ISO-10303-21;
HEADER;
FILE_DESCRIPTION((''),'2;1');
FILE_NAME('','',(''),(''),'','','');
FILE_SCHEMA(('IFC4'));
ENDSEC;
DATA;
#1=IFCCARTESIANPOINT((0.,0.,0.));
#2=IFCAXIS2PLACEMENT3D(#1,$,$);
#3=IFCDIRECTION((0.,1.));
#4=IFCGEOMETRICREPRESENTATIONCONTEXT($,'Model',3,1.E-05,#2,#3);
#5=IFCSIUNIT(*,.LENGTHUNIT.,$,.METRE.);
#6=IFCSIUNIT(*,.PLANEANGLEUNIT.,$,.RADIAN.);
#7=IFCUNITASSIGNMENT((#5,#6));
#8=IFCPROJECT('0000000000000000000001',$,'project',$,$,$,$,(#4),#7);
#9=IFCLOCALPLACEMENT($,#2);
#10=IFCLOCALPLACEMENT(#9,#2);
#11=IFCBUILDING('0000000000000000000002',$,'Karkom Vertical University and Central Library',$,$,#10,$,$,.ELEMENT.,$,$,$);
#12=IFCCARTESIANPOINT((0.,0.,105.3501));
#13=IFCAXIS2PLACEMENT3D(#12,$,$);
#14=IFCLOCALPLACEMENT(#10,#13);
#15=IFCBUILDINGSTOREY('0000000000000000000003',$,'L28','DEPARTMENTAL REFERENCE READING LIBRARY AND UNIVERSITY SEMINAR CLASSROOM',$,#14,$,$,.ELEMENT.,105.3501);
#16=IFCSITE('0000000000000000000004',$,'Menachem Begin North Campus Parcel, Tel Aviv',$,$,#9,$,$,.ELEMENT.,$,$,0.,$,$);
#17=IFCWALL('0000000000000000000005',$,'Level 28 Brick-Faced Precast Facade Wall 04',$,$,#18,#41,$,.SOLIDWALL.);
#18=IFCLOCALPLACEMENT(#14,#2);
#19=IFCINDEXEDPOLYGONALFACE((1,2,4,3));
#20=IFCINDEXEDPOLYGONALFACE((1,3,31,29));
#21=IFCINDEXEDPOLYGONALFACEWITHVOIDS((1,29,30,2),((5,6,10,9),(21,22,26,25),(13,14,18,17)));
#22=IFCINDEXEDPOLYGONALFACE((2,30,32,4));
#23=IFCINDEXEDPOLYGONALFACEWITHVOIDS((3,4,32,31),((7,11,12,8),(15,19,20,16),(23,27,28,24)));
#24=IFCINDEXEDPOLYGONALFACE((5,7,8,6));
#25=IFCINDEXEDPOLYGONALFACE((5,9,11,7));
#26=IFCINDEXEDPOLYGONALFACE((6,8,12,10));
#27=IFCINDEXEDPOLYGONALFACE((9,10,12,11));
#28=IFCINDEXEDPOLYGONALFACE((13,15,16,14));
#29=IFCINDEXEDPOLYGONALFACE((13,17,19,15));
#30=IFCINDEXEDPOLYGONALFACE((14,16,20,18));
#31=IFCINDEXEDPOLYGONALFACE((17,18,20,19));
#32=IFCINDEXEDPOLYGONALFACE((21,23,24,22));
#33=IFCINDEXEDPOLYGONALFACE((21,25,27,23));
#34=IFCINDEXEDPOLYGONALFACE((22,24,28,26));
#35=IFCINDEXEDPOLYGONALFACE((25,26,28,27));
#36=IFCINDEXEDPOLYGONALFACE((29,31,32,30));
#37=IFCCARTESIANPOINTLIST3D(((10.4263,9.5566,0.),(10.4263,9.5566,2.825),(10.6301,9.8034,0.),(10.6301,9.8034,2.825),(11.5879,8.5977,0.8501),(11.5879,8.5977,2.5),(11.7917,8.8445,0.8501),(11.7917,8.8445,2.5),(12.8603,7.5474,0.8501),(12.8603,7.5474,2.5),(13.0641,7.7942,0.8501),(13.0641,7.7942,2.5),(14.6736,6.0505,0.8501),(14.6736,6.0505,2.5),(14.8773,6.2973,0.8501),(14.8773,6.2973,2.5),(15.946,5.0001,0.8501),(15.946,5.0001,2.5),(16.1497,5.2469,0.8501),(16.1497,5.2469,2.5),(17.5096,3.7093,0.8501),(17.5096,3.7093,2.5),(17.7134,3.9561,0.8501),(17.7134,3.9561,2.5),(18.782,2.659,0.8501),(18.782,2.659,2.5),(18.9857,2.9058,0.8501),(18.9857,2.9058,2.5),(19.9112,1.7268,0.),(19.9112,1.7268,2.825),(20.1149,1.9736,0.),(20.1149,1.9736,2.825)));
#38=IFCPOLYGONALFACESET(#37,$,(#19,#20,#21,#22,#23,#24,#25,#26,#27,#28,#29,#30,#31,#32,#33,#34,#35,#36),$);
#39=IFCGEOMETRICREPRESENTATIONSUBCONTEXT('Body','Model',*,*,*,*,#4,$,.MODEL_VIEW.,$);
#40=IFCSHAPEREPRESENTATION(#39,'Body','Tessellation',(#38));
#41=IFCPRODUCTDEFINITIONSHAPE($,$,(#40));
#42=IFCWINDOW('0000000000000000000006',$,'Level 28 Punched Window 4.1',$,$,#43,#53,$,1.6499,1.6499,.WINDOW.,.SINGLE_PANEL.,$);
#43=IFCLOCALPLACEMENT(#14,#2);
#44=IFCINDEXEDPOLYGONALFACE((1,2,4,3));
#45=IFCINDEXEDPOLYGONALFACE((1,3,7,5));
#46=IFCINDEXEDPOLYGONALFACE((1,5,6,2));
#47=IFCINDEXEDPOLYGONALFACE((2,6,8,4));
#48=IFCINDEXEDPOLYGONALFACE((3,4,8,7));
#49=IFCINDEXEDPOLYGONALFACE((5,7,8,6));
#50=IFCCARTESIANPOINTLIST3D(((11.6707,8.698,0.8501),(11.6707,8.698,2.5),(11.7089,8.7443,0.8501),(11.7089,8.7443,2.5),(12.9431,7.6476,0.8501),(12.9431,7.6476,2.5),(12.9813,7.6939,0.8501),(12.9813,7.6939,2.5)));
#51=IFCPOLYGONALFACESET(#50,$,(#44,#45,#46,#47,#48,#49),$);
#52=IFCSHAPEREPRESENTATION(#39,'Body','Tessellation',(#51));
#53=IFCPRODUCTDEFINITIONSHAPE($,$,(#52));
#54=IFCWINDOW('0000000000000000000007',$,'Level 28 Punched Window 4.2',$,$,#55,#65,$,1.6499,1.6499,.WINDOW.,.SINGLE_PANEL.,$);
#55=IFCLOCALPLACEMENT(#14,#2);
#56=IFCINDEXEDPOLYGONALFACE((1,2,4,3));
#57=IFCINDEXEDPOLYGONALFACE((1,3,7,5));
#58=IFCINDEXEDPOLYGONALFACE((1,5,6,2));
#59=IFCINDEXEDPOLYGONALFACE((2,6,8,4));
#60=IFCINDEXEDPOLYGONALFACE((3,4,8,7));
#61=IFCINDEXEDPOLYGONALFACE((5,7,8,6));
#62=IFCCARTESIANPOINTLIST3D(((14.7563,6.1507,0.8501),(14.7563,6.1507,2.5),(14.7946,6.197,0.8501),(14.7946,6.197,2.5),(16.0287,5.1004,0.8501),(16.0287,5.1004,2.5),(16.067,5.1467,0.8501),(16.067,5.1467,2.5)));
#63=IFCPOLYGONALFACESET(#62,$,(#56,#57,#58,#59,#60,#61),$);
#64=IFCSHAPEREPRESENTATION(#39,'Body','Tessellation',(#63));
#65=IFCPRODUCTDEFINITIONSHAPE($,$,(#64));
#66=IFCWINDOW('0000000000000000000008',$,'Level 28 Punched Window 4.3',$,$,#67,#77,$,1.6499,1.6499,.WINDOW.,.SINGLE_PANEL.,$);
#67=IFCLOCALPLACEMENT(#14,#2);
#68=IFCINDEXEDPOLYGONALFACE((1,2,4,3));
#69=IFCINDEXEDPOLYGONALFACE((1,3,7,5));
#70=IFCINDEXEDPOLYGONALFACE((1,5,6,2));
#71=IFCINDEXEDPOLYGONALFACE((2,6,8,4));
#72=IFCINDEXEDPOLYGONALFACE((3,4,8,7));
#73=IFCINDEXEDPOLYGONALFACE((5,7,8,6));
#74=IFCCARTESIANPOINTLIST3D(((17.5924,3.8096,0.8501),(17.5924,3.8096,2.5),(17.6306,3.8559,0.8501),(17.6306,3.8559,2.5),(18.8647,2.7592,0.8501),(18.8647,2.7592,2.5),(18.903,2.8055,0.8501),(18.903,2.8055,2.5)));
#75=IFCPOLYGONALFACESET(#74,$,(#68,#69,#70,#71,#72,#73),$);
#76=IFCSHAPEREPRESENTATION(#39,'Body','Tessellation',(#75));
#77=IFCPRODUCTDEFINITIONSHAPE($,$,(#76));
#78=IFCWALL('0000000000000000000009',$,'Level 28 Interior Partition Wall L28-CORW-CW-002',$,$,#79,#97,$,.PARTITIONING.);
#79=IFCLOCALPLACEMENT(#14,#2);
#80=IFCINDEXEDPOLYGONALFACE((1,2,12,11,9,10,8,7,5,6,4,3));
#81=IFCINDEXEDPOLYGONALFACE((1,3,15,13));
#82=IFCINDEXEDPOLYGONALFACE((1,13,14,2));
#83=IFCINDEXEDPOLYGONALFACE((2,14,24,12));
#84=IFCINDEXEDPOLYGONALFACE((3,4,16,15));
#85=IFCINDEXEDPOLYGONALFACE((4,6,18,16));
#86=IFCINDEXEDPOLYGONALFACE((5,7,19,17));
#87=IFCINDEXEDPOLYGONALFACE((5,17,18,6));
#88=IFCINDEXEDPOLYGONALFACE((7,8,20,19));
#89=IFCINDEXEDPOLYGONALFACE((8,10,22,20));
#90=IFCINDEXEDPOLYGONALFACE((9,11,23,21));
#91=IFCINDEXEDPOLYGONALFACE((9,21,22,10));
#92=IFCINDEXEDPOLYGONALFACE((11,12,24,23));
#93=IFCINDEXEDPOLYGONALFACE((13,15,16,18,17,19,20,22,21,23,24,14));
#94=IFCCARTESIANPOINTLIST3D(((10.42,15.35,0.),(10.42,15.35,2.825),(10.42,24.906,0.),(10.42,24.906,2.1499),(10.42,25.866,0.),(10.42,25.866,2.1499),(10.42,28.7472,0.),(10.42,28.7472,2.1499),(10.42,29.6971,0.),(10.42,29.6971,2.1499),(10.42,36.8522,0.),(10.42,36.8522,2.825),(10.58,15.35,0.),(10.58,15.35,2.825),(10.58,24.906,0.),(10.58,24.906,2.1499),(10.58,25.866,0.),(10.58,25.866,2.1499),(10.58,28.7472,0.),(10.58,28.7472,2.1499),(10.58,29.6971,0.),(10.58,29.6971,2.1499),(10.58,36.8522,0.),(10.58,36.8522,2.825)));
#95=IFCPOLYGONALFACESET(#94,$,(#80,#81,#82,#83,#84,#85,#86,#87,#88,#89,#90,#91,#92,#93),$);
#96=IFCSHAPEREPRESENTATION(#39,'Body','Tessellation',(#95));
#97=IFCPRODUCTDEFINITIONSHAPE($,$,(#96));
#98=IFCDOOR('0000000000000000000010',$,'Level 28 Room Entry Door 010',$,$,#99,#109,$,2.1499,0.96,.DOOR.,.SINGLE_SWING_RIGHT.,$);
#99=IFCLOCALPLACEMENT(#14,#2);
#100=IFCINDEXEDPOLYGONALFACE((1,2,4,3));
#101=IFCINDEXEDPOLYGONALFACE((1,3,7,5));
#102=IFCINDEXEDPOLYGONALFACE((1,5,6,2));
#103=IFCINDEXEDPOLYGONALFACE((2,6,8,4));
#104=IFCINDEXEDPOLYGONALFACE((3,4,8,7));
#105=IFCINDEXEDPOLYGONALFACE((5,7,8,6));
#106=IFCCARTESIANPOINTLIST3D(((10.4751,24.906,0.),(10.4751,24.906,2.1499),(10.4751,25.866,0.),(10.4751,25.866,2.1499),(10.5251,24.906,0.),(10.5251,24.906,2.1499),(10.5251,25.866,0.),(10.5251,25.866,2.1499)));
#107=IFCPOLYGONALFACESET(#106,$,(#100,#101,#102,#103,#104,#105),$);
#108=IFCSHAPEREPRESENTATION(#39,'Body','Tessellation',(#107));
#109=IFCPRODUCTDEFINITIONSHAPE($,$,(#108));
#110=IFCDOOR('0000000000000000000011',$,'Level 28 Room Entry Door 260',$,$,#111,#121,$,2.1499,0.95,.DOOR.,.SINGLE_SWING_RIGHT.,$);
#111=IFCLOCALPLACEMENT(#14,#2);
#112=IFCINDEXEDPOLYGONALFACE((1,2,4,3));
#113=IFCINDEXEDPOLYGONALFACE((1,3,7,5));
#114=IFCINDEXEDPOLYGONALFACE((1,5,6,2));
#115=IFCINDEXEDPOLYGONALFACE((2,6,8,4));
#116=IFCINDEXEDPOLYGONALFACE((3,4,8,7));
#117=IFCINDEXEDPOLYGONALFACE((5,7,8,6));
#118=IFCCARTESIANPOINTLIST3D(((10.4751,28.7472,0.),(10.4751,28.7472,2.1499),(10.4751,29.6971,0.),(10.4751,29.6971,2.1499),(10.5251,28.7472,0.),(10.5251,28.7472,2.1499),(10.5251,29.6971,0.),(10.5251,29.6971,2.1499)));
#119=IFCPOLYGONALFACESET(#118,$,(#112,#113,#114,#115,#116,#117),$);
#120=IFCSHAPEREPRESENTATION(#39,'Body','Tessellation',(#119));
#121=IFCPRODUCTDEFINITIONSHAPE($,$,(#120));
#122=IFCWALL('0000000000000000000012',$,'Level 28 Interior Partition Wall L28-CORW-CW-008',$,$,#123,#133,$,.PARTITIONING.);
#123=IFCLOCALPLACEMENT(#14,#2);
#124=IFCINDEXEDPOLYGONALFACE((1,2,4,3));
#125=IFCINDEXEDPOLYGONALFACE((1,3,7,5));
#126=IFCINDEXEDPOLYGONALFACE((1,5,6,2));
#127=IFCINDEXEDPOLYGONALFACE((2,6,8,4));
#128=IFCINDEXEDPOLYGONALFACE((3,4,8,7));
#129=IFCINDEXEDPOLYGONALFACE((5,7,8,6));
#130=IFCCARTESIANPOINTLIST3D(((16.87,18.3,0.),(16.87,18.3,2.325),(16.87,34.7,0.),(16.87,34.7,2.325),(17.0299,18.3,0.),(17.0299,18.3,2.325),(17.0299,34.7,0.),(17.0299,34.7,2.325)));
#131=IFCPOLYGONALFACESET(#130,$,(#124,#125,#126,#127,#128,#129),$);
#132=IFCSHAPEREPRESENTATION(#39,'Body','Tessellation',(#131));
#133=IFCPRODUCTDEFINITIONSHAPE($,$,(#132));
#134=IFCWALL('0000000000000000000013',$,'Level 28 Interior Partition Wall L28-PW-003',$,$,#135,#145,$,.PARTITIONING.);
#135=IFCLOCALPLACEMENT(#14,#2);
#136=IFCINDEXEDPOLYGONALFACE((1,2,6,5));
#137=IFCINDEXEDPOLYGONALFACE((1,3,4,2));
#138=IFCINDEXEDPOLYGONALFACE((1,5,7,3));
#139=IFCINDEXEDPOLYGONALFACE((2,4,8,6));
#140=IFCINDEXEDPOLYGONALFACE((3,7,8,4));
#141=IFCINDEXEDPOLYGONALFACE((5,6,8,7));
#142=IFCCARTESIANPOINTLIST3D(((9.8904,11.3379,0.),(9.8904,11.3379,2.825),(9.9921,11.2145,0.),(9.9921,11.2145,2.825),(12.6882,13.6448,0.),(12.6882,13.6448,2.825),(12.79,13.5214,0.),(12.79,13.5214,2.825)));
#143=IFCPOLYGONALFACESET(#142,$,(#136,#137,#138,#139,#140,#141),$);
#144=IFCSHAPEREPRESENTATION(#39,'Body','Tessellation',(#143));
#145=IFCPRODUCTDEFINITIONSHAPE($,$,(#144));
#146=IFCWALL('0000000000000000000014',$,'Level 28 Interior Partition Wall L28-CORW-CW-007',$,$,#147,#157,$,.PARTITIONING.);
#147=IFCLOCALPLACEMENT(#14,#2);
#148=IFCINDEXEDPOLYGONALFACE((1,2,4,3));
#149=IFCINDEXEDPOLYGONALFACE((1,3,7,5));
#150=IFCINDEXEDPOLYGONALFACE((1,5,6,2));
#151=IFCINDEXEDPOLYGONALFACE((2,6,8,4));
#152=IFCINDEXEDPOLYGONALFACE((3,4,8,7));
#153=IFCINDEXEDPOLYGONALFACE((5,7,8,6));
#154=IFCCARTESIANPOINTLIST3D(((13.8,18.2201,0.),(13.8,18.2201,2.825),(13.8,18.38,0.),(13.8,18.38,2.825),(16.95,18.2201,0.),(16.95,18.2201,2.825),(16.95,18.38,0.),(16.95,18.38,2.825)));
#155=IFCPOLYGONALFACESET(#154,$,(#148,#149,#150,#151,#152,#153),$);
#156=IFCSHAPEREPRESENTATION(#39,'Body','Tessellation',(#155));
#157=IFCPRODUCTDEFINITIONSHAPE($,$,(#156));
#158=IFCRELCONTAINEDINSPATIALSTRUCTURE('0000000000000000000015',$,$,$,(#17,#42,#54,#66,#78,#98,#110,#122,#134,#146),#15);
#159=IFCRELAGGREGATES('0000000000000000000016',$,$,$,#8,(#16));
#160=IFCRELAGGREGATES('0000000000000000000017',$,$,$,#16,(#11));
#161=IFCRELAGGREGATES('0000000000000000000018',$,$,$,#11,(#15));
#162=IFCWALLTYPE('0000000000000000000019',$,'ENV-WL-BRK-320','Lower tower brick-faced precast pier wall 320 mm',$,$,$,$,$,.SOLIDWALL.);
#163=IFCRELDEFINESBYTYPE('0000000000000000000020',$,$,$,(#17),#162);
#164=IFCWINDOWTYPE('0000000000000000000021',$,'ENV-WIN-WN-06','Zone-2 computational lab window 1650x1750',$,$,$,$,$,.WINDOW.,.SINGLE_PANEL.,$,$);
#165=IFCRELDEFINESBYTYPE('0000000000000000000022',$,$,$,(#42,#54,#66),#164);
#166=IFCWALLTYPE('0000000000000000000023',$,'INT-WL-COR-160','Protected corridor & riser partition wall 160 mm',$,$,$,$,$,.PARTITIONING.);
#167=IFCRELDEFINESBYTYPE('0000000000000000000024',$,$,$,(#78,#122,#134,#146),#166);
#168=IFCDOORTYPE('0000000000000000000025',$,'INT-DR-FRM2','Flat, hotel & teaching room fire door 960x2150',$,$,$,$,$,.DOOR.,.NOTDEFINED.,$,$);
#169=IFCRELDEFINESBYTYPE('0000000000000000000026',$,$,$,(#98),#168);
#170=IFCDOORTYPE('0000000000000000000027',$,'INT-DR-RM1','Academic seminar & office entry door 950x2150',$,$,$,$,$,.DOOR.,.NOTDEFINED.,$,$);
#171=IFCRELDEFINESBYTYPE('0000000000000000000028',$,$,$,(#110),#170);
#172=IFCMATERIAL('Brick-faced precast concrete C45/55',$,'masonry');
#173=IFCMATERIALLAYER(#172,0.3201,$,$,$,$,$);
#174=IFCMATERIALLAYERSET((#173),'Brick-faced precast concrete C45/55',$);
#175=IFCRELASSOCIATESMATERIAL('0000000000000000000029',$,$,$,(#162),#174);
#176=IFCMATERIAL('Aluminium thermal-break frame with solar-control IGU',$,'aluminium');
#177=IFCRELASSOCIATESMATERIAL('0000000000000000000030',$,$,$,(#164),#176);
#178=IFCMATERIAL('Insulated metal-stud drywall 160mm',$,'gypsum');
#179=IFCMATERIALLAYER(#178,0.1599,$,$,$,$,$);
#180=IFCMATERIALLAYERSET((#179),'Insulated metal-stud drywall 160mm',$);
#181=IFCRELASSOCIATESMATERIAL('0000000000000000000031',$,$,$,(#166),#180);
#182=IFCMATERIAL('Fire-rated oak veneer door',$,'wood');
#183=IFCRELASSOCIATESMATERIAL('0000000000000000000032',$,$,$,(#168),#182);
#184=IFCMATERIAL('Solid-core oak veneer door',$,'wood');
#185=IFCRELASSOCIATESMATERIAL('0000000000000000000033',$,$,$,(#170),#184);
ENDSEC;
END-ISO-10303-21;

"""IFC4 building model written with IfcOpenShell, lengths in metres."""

from ifc_helpers import new_model, si_unit, direction, frame, frame_2d, origin, origin_with_axes, place, context, subcontext, project, spatial, rectangle, extrude, source, transform, mapped, material, layer, layer_set, type_object, element, fill, save


model = new_model("IFC4")

# Units and contexts
model_context = context("Model", 3, precision=1e-05, world=origin(), true_north=direction((0.0, 1.0)))
body_context = subcontext(model_context, "Body", "Model", "MODEL_VIEW")
ifc_project = project(units=[si_unit("LENGTHUNIT", "METRE"), si_unit("PLANEANGLEUNIT", "RADIAN")], contexts=[model_context])

# Site, building, storey
site_placement = place(None, origin())
site = spatial("IfcSite", under=ifc_project, at=site_placement, Name="Menachem Begin North Campus Parcel, Tel Aviv", CompositionType="ELEMENT", RefElevation=0.0)
building_placement = place(site_placement, origin())
building = spatial("IfcBuilding", under=site, at=building_placement, Name="Karkom Vertical University and Central Library", CompositionType="ELEMENT")
storey_placement = place(building_placement, frame((0.0, 0.0, 105.3501)))
storey = spatial("IfcBuildingStorey", under=building, at=storey_placement, Name="L28", Description="DEPARTMENTAL REFERENCE READING LIBRARY AND UNIVERSITY SEMINAR CLASSROOM", CompositionType="ELEMENT", Elevation=105.3501)

# Wall, openings, windows
ifc_material_1 = material(Name="Brick-faced precast concrete C45/55", Category="masonry")
ifc_layer_1 = layer(ifc_material_1, 0.3201)
ifc_layer_set_1 = layer_set([ifc_layer_1], Name="Brick-faced precast concrete C45/55")
wall_type_1 = type_object("IfcWallType", Name="ENV-WL-BRK-320", Description="Lower tower brick-faced precast pier wall 320 mm", PredefinedType="SOLIDWALL", material=ifc_layer_set_1)
ifc_material_2 = material(Name="Aluminium thermal-break frame with solar-control IGU", Category="aluminium")
window_type = type_object("IfcWindowType", Name="ENV-WIN-WN-06", Description="Zone-2 computational lab window 1650x1750", PartitioningType="SINGLE_PANEL", PredefinedType="WINDOW", material=ifc_material_2)
shared_shape_1 = source(origin_with_axes(), body_context, "Body", "SweptSolid", [
    extrude(rectangle(XDim=1.6499, YDim=1.6499, at=frame_2d((0.825, 0.825))), frame((0.0, 0.03, 0.0), z_axis=(0.0, -1.0, 0.0), x_axis=(1.0, 0.0, 0.0)), (0.0, 0.0, 1.0), 0.0601),
])
wall_1_placement = place(storey_placement, frame((10.5283, 9.6799, 0.0), z_axis=(0.0, 0.0, 1.0), x_axis=(0.771181, -0.636616, 0.0)))
wall_1 = element("IfcWall", 1, at=wall_1_placement, inside=storey, type_object=wall_type_1, Name="Level 28 Brick-Faced Precast Facade Wall 04", PredefinedType="SOLIDWALL", context=body_context, shape_type="SweptSolid", body=[
    extrude(rectangle(XDim=12.2991, YDim=0.3201, at=frame_2d((6.1494, 0.0))), origin(), (0.0, 0.0, 1.0), 2.825),
])
opening_1_placement = place(wall_1_placement, frame((1.5061, 0.0, 0.8501)))
opening_1 = element("IfcOpeningElement", 2, at=opening_1_placement, cuts=wall_1, PredefinedType="OPENING", context=body_context, shape_type="SweptSolid", body=[
    extrude(rectangle(XDim=1.6499, YDim=1.6499, at=frame_2d((0.825, 0.825))), frame((0.0, 0.1699, 0.0), z_axis=(0.0, -1.0, 0.0), x_axis=(1.0, 0.0, 0.0)), (0.0, 0.0, 1.0), 0.3401),
])
opening_2_placement = place(wall_1_placement, frame((5.5073, 0.0, 0.8501)))
opening_2 = element("IfcOpeningElement", 3, at=opening_2_placement, cuts=wall_1, PredefinedType="OPENING", context=body_context, shape_type="SweptSolid", body=[
    extrude(rectangle(XDim=1.6499, YDim=1.6499, at=frame_2d((0.825, 0.825))), frame((0.0, 0.1699, 0.0), z_axis=(0.0, -1.0, 0.0), x_axis=(1.0, 0.0, 0.0)), (0.0, 0.0, 1.0), 0.3401),
])
opening_3_placement = place(wall_1_placement, frame((9.1848, 0.0, 0.8501)))
opening_3 = element("IfcOpeningElement", 4, at=opening_3_placement, cuts=wall_1, PredefinedType="OPENING", context=body_context, shape_type="SweptSolid", body=[
    extrude(rectangle(XDim=1.6499, YDim=1.6499, at=frame_2d((0.825, 0.825))), frame((0.0, 0.1699, 0.0), z_axis=(0.0, -1.0, 0.0), x_axis=(1.0, 0.0, 0.0)), (0.0, 0.0, 1.0), 0.3401),
])
window_1_placement = place(opening_1_placement, origin())
window_1 = element("IfcWindow", 5, at=window_1_placement, inside=storey, type_object=window_type, Name="Level 28 Punched Window 4.1", OverallHeight=1.6499, OverallWidth=1.6499, PartitioningType="SINGLE_PANEL", PredefinedType="WINDOW", context=body_context, shape_type="MappedRepresentation", body=[
    mapped(shared_shape_1, transform((0.0, 0.0, 0.0), scale=1.0)),
])
fill(opening_1, window_1)
window_2_placement = place(opening_2_placement, origin())
window_2 = element("IfcWindow", 6, at=window_2_placement, inside=storey, type_object=window_type, Name="Level 28 Punched Window 4.2", OverallHeight=1.6499, OverallWidth=1.6499, PartitioningType="SINGLE_PANEL", PredefinedType="WINDOW", context=body_context, shape_type="MappedRepresentation", body=[
    mapped(shared_shape_1, transform((0.0, 0.0, 0.0), scale=1.0)),
])
fill(opening_2, window_2)
window_3_placement = place(opening_3_placement, origin())
window_3 = element("IfcWindow", 7, at=window_3_placement, inside=storey, type_object=window_type, Name="Level 28 Punched Window 4.3", OverallHeight=1.6499, OverallWidth=1.6499, PartitioningType="SINGLE_PANEL", PredefinedType="WINDOW", context=body_context, shape_type="MappedRepresentation", body=[
    mapped(shared_shape_1, transform((0.0, 0.0, 0.0), scale=1.0)),
])
fill(opening_3, window_3)

# Wall, openings, doors
ifc_material_3 = material(Name="Insulated metal-stud drywall 160mm", Category="gypsum")
ifc_layer_2 = layer(ifc_material_3, 0.1599)
ifc_layer_set_2 = layer_set([ifc_layer_2], Name="Insulated metal-stud drywall 160mm")
wall_type_2 = type_object("IfcWallType", Name="INT-WL-COR-160", Description="Protected corridor & riser partition wall 160 mm", PredefinedType="PARTITIONING", material=ifc_layer_set_2)
wall_2_placement = place(storey_placement, frame((10.5, 15.3501, 0.0), z_axis=(0.0, 0.0, 1.0), x_axis=(0.0, 1.0, 0.0)))
wall_2 = element("IfcWall", 8, at=wall_2_placement, inside=storey, type_object=wall_type_2, Name="Level 28 Interior Partition Wall L28-CORW-CW-002", PredefinedType="PARTITIONING", context=body_context, shape_type="SweptSolid", body=[
    extrude(rectangle(XDim=21.5022, YDim=0.1599, at=frame_2d((10.751, 0.0))), origin(), (0.0, 0.0, 1.0), 2.825),
])
opening_4_placement = place(wall_2_placement, frame((9.5559, 0.0, 0.0)))
opening_4 = element("IfcOpeningElement", 9, at=opening_4_placement, cuts=wall_2, PredefinedType="OPENING", context=body_context, shape_type="SweptSolid", body=[
    extrude(rectangle(XDim=0.96, YDim=2.1499, at=frame_2d((0.48, 1.075))), frame((0.0, 0.0898, 0.0), z_axis=(0.0, -1.0, 0.0), x_axis=(1.0, 0.0, 0.0)), (0.0, 0.0, 1.0), 0.1799),
])
opening_5_placement = place(wall_2_placement, frame((13.397, 0.0, 0.0)))
opening_5 = element("IfcOpeningElement", 10, at=opening_5_placement, cuts=wall_2, PredefinedType="OPENING", context=body_context, shape_type="SweptSolid", body=[
    extrude(rectangle(XDim=0.95, YDim=2.1499, at=frame_2d((0.4751, 1.075))), frame((0.0, 0.0898, 0.0), z_axis=(0.0, -1.0, 0.0), x_axis=(1.0, 0.0, 0.0)), (0.0, 0.0, 1.0), 0.1799),
])
ifc_material_4 = material(Name="Fire-rated oak veneer door", Category="wood")
door_type_1 = type_object("IfcDoorType", Name="INT-DR-FRM2", Description="Flat, hotel & teaching room fire door 960x2150", OperationType="NOTDEFINED", PredefinedType="DOOR", material=ifc_material_4)
shared_shape_2 = source(origin_with_axes(), body_context, "Body", "SweptSolid", [
    extrude(rectangle(XDim=0.96, YDim=2.1499, at=frame_2d((0.48, 1.075))), frame((0.0, 0.0249, 0.0), z_axis=(0.0, -1.0, 0.0), x_axis=(1.0, 0.0, 0.0)), (0.0, 0.0, 1.0), 0.05),
])
door_1_placement = place(opening_4_placement, origin())
door_1 = element("IfcDoor", 11, at=door_1_placement, inside=storey, type_object=door_type_1, Name="Level 28 Room Entry Door 010", OperationType="SINGLE_SWING_RIGHT", OverallHeight=2.1499, OverallWidth=0.96, PredefinedType="DOOR", context=body_context, shape_type="MappedRepresentation", body=[
    mapped(shared_shape_2, transform((0.0, 0.0, 0.0), scale=1.0)),
])
fill(opening_4, door_1)
ifc_material_5 = material(Name="Solid-core oak veneer door", Category="wood")
door_type_2 = type_object("IfcDoorType", Name="INT-DR-RM1", Description="Academic seminar & office entry door 950x2150", OperationType="NOTDEFINED", PredefinedType="DOOR", material=ifc_material_5)
shared_shape_3 = source(origin_with_axes(), body_context, "Body", "SweptSolid", [
    extrude(rectangle(XDim=0.95, YDim=2.1499, at=frame_2d((0.4751, 1.075))), frame((0.0, 0.0249, 0.0), z_axis=(0.0, -1.0, 0.0), x_axis=(1.0, 0.0, 0.0)), (0.0, 0.0, 1.0), 0.05),
])
door_2_placement = place(opening_5_placement, origin())
door_2 = element("IfcDoor", 12, at=door_2_placement, inside=storey, type_object=door_type_2, Name="Level 28 Room Entry Door 260", OperationType="SINGLE_SWING_RIGHT", OverallHeight=2.1499, OverallWidth=0.95, PredefinedType="DOOR", context=body_context, shape_type="MappedRepresentation", body=[
    mapped(shared_shape_3, transform((0.0, 0.0, 0.0), scale=1.0)),
])
fill(opening_5, door_2)

# Walls
wall_3_placement = place(storey_placement, frame((16.95, 18.3, 0.0), z_axis=(0.0, 0.0, 1.0), x_axis=(0.0, 1.0, 0.0)))
element("IfcWall", 13, at=wall_3_placement, inside=storey, type_object=wall_type_2, Name="Level 28 Interior Partition Wall L28-CORW-CW-008", PredefinedType="PARTITIONING", context=body_context, shape_type="SweptSolid", body=[
    extrude(rectangle(XDim=16.3999, YDim=0.1599, at=frame_2d((8.2, 0.0))), origin(), (0.0, 0.0, 1.0), 2.325),
])
wall_4_placement = place(storey_placement, frame((12.739, 13.583, 0.0), z_axis=(0.0, 0.0, 1.0), x_axis=(-0.771555, -0.636163, 0.0)))
element("IfcWall", 14, at=wall_4_placement, inside=storey, type_object=wall_type_2, Name="Level 28 Interior Partition Wall L28-PW-003", PredefinedType="PARTITIONING", context=body_context, shape_type="SweptSolid", body=[
    extrude(rectangle(XDim=3.6262, YDim=0.1599, at=frame_2d((1.813, 0.0))), origin(), (0.0, 0.0, 1.0), 2.825),
])
wall_5_placement = place(storey_placement, frame((13.8, 18.3, 0.0), z_axis=(0.0, 0.0, 1.0), x_axis=(1.0, 0.0, 0.0)))
element("IfcWall", 15, at=wall_5_placement, inside=storey, type_object=wall_type_2, Name="Level 28 Interior Partition Wall L28-CORW-CW-007", PredefinedType="PARTITIONING", context=body_context, shape_type="SweptSolid", body=[
    extrude(rectangle(XDim=3.1499, YDim=0.1599, at=frame_2d((1.575, 0.0))), origin(), (0.0, 0.0, 1.0), 2.825),
])

save(model, "model.ifc")
